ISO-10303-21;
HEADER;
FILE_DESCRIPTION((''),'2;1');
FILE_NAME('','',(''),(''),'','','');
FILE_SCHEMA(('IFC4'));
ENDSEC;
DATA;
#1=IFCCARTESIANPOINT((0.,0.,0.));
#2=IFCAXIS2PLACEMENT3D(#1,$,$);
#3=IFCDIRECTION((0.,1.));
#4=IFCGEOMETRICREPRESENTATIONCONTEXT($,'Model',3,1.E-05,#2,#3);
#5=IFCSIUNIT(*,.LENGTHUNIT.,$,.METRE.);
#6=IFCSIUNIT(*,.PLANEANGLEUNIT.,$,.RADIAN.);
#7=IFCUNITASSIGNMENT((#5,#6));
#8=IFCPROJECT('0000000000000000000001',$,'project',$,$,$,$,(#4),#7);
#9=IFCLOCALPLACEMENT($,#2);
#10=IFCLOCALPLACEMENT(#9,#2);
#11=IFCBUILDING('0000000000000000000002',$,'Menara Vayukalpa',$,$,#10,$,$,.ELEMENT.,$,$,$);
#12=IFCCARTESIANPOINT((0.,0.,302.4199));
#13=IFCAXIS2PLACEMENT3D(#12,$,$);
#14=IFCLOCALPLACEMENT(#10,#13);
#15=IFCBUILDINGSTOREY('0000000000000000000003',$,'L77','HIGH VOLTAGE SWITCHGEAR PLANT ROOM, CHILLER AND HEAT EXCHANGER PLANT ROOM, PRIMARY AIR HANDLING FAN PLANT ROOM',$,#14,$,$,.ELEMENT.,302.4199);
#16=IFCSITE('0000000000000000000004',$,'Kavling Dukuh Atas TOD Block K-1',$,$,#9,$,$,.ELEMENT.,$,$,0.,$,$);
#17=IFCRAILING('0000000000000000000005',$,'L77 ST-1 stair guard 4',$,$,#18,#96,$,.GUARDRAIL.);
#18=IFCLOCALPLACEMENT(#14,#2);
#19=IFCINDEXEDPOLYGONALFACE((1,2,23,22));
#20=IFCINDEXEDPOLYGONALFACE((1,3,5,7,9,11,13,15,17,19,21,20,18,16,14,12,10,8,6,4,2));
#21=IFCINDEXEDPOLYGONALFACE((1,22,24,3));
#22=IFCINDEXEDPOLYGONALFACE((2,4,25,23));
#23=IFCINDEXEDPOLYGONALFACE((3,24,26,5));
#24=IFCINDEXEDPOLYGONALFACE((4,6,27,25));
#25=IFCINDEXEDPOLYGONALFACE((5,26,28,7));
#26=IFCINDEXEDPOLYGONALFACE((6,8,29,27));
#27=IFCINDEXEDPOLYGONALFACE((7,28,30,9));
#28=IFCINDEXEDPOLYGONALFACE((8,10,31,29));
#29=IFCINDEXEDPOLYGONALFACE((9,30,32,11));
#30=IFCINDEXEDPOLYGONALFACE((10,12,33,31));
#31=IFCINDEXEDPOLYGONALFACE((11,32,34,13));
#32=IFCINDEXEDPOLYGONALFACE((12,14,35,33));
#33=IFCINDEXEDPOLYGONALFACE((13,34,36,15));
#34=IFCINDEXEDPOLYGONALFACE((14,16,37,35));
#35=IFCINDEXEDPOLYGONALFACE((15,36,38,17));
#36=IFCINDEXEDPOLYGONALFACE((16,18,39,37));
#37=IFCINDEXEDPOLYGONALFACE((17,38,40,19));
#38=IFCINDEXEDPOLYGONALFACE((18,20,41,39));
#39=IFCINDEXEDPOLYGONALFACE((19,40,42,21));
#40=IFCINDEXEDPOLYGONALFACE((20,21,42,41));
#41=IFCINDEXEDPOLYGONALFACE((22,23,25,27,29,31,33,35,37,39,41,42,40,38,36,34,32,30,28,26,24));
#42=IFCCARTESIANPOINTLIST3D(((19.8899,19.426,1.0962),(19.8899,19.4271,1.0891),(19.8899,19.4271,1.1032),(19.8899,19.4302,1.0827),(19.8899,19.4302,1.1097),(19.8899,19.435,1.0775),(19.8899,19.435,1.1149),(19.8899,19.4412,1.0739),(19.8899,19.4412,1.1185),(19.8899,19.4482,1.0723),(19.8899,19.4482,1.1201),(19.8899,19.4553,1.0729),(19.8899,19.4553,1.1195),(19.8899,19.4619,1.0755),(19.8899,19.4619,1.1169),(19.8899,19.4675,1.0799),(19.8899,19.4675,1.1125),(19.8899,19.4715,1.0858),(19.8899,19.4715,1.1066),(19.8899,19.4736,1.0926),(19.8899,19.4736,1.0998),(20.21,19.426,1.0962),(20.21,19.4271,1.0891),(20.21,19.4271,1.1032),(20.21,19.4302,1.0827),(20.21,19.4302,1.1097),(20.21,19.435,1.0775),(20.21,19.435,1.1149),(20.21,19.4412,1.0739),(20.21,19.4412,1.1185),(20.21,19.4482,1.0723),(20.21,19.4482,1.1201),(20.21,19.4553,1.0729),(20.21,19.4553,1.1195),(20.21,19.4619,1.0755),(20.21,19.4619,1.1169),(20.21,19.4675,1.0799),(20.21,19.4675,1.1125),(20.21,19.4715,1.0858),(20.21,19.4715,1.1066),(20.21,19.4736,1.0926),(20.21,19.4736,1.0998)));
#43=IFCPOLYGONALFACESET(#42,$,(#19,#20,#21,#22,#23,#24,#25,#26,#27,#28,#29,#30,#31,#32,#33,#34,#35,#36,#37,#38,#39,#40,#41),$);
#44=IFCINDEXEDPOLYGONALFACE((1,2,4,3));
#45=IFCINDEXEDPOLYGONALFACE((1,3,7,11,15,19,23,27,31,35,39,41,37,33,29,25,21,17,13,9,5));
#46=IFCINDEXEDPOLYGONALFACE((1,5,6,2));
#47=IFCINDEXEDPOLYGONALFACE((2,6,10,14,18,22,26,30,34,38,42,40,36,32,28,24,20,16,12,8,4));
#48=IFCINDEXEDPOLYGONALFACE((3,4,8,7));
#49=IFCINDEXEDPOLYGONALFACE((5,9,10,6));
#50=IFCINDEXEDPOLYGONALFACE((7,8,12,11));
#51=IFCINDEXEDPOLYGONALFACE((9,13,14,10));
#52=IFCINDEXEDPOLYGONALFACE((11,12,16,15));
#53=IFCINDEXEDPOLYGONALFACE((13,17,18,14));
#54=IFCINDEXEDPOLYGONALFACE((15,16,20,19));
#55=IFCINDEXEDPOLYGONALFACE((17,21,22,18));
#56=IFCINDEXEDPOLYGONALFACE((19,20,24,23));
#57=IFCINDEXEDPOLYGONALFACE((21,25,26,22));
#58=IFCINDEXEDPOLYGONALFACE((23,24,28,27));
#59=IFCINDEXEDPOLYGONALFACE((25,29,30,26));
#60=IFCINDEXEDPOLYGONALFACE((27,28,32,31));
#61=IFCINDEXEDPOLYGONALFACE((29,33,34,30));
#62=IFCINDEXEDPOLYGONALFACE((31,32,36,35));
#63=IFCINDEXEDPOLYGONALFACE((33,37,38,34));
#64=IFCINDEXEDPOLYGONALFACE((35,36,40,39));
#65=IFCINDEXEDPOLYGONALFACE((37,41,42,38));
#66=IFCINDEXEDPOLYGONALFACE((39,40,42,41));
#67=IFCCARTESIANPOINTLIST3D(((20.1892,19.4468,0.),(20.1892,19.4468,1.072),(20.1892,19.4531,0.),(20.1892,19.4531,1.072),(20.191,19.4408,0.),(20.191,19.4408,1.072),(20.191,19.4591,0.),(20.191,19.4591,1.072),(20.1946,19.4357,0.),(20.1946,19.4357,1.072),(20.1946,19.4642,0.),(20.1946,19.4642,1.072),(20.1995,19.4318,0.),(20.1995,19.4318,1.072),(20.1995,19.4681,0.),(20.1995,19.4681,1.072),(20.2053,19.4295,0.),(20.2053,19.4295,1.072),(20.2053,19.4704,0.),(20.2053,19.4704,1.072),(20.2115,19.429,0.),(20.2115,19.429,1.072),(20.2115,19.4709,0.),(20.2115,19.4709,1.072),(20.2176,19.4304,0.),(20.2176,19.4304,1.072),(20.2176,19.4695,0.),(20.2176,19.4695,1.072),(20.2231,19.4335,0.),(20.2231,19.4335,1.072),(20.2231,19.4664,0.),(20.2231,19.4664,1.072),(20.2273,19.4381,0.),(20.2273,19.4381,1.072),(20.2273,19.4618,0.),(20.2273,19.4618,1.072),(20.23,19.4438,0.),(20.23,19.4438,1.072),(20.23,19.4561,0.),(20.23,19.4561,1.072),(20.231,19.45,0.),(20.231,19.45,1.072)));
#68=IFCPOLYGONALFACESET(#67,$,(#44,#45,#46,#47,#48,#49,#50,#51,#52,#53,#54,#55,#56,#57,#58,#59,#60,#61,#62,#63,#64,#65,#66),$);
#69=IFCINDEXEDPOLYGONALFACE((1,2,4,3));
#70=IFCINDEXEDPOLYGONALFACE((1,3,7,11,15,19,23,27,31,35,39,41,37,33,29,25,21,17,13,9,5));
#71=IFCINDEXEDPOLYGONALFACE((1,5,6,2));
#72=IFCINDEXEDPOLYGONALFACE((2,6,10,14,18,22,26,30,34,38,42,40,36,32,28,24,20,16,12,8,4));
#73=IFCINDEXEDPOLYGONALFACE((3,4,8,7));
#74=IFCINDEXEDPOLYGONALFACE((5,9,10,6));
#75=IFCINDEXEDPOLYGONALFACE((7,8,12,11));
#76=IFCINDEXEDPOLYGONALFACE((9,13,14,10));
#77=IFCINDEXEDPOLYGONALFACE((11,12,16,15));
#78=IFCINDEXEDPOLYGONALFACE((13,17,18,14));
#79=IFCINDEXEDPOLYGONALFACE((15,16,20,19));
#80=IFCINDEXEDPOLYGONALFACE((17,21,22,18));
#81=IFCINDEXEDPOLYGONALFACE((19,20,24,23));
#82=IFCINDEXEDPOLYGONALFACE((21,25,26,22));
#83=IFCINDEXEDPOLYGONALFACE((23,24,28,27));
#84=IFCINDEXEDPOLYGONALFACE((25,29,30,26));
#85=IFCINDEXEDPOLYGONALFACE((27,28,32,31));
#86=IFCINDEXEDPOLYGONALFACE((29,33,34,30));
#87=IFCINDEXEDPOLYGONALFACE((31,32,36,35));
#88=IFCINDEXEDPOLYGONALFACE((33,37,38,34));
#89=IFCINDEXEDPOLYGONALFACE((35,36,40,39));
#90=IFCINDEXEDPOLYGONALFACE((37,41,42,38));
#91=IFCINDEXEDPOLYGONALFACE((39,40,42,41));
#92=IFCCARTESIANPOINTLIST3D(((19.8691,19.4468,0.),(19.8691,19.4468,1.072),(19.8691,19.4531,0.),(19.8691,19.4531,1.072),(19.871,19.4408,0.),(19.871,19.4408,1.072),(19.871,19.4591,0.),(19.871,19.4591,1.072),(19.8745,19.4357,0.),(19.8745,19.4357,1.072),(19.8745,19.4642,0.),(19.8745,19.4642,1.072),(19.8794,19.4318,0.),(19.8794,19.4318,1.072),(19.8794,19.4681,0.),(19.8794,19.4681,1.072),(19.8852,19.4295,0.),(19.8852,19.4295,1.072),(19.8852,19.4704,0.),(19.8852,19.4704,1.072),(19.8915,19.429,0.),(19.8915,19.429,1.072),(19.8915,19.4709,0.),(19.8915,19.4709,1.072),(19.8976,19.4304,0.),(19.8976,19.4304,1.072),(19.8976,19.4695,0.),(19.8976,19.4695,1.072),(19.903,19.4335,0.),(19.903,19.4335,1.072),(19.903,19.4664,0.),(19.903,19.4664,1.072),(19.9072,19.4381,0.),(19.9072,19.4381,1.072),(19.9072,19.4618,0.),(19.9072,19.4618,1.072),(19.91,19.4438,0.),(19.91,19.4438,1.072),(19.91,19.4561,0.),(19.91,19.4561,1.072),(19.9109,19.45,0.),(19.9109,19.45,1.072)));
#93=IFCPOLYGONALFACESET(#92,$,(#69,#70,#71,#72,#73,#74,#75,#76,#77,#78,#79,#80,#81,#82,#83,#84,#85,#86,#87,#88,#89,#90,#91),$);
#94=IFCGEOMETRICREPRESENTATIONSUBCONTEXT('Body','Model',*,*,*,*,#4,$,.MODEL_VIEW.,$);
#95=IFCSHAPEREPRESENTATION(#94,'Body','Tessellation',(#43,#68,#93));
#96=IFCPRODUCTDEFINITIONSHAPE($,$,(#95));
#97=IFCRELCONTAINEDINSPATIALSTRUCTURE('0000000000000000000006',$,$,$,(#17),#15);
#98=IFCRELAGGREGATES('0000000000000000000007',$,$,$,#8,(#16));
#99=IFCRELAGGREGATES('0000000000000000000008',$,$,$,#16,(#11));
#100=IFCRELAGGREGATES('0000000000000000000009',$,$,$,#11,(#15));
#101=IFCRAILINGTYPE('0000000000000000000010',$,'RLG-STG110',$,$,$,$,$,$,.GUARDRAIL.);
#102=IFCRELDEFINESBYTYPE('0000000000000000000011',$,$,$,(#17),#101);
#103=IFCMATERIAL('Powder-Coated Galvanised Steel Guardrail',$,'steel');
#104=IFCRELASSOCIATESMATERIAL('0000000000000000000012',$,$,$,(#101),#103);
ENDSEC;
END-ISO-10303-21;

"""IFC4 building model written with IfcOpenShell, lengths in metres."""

from ifc_helpers import new_model, si_unit, direction, frame, origin, origin_2d, place, context, subcontext, project, spatial, circle, extrude, material, type_object, element, save


model = new_model("IFC4")

# Units and contexts
model_context = context("Model", 3, precision=1e-05, world=origin(), true_north=direction((0.0, 1.0)))
body_context = subcontext(model_context, "Body", "Model", "MODEL_VIEW")
ifc_project = project(units=[si_unit("LENGTHUNIT", "METRE"), si_unit("PLANEANGLEUNIT", "RADIAN")], contexts=[model_context])

# Site, building, storey
site_placement = place(None, origin())
site = spatial("IfcSite", under=ifc_project, at=site_placement, Name="Kavling Dukuh Atas TOD Block K-1", CompositionType="ELEMENT", RefElevation=0.0)
building_placement = place(site_placement, origin())
building = spatial("IfcBuilding", under=site, at=building_placement, Name="Menara Vayukalpa", CompositionType="ELEMENT")
storey_placement = place(building_placement, frame((0.0, 0.0, 302.4199)))
storey = spatial("IfcBuildingStorey", under=building, at=storey_placement, Name="L77", Description="HIGH VOLTAGE SWITCHGEAR PLANT ROOM, CHILLER AND HEAT EXCHANGER PLANT ROOM, PRIMARY AIR HANDLING FAN PLANT ROOM", CompositionType="ELEMENT", Elevation=302.4199)

# Railing
ifc_material_1 = material(Name="Powder-Coated Galvanised Steel Guardrail", Category="steel")
railing_type_1 = type_object("IfcRailingType", Name="RLG-STG110", PredefinedType="GUARDRAIL", material=ifc_material_1)
railing_1_placement = place(storey_placement, frame((20.21, 19.45, 0.0)))
element("IfcRailing", 1, at=railing_1_placement, inside=storey, type_object=railing_type_1, Name="L77 ST-1 stair guard 4", PredefinedType="GUARDRAIL", context=body_context, shape_type="SweptSolid", body=[
    extrude(circle(Radius=0.0239, at=origin_2d()), frame((0.0, 0.0, 1.0962), z_axis=(-1.0, 0.0, 0.0), x_axis=(0.0, -1.0, 0.0)), (0.0, 0.0, 1.0), 0.3201),
    extrude(circle(Radius=0.021, at=origin_2d()), origin(), (0.0, 0.0, 1.0), 1.072),
    extrude(circle(Radius=0.021, at=origin_2d()), frame((-0.3201, 0.0, 0.0)), (0.0, 0.0, 1.0), 1.072),
])

save(model, "model.ifc")
